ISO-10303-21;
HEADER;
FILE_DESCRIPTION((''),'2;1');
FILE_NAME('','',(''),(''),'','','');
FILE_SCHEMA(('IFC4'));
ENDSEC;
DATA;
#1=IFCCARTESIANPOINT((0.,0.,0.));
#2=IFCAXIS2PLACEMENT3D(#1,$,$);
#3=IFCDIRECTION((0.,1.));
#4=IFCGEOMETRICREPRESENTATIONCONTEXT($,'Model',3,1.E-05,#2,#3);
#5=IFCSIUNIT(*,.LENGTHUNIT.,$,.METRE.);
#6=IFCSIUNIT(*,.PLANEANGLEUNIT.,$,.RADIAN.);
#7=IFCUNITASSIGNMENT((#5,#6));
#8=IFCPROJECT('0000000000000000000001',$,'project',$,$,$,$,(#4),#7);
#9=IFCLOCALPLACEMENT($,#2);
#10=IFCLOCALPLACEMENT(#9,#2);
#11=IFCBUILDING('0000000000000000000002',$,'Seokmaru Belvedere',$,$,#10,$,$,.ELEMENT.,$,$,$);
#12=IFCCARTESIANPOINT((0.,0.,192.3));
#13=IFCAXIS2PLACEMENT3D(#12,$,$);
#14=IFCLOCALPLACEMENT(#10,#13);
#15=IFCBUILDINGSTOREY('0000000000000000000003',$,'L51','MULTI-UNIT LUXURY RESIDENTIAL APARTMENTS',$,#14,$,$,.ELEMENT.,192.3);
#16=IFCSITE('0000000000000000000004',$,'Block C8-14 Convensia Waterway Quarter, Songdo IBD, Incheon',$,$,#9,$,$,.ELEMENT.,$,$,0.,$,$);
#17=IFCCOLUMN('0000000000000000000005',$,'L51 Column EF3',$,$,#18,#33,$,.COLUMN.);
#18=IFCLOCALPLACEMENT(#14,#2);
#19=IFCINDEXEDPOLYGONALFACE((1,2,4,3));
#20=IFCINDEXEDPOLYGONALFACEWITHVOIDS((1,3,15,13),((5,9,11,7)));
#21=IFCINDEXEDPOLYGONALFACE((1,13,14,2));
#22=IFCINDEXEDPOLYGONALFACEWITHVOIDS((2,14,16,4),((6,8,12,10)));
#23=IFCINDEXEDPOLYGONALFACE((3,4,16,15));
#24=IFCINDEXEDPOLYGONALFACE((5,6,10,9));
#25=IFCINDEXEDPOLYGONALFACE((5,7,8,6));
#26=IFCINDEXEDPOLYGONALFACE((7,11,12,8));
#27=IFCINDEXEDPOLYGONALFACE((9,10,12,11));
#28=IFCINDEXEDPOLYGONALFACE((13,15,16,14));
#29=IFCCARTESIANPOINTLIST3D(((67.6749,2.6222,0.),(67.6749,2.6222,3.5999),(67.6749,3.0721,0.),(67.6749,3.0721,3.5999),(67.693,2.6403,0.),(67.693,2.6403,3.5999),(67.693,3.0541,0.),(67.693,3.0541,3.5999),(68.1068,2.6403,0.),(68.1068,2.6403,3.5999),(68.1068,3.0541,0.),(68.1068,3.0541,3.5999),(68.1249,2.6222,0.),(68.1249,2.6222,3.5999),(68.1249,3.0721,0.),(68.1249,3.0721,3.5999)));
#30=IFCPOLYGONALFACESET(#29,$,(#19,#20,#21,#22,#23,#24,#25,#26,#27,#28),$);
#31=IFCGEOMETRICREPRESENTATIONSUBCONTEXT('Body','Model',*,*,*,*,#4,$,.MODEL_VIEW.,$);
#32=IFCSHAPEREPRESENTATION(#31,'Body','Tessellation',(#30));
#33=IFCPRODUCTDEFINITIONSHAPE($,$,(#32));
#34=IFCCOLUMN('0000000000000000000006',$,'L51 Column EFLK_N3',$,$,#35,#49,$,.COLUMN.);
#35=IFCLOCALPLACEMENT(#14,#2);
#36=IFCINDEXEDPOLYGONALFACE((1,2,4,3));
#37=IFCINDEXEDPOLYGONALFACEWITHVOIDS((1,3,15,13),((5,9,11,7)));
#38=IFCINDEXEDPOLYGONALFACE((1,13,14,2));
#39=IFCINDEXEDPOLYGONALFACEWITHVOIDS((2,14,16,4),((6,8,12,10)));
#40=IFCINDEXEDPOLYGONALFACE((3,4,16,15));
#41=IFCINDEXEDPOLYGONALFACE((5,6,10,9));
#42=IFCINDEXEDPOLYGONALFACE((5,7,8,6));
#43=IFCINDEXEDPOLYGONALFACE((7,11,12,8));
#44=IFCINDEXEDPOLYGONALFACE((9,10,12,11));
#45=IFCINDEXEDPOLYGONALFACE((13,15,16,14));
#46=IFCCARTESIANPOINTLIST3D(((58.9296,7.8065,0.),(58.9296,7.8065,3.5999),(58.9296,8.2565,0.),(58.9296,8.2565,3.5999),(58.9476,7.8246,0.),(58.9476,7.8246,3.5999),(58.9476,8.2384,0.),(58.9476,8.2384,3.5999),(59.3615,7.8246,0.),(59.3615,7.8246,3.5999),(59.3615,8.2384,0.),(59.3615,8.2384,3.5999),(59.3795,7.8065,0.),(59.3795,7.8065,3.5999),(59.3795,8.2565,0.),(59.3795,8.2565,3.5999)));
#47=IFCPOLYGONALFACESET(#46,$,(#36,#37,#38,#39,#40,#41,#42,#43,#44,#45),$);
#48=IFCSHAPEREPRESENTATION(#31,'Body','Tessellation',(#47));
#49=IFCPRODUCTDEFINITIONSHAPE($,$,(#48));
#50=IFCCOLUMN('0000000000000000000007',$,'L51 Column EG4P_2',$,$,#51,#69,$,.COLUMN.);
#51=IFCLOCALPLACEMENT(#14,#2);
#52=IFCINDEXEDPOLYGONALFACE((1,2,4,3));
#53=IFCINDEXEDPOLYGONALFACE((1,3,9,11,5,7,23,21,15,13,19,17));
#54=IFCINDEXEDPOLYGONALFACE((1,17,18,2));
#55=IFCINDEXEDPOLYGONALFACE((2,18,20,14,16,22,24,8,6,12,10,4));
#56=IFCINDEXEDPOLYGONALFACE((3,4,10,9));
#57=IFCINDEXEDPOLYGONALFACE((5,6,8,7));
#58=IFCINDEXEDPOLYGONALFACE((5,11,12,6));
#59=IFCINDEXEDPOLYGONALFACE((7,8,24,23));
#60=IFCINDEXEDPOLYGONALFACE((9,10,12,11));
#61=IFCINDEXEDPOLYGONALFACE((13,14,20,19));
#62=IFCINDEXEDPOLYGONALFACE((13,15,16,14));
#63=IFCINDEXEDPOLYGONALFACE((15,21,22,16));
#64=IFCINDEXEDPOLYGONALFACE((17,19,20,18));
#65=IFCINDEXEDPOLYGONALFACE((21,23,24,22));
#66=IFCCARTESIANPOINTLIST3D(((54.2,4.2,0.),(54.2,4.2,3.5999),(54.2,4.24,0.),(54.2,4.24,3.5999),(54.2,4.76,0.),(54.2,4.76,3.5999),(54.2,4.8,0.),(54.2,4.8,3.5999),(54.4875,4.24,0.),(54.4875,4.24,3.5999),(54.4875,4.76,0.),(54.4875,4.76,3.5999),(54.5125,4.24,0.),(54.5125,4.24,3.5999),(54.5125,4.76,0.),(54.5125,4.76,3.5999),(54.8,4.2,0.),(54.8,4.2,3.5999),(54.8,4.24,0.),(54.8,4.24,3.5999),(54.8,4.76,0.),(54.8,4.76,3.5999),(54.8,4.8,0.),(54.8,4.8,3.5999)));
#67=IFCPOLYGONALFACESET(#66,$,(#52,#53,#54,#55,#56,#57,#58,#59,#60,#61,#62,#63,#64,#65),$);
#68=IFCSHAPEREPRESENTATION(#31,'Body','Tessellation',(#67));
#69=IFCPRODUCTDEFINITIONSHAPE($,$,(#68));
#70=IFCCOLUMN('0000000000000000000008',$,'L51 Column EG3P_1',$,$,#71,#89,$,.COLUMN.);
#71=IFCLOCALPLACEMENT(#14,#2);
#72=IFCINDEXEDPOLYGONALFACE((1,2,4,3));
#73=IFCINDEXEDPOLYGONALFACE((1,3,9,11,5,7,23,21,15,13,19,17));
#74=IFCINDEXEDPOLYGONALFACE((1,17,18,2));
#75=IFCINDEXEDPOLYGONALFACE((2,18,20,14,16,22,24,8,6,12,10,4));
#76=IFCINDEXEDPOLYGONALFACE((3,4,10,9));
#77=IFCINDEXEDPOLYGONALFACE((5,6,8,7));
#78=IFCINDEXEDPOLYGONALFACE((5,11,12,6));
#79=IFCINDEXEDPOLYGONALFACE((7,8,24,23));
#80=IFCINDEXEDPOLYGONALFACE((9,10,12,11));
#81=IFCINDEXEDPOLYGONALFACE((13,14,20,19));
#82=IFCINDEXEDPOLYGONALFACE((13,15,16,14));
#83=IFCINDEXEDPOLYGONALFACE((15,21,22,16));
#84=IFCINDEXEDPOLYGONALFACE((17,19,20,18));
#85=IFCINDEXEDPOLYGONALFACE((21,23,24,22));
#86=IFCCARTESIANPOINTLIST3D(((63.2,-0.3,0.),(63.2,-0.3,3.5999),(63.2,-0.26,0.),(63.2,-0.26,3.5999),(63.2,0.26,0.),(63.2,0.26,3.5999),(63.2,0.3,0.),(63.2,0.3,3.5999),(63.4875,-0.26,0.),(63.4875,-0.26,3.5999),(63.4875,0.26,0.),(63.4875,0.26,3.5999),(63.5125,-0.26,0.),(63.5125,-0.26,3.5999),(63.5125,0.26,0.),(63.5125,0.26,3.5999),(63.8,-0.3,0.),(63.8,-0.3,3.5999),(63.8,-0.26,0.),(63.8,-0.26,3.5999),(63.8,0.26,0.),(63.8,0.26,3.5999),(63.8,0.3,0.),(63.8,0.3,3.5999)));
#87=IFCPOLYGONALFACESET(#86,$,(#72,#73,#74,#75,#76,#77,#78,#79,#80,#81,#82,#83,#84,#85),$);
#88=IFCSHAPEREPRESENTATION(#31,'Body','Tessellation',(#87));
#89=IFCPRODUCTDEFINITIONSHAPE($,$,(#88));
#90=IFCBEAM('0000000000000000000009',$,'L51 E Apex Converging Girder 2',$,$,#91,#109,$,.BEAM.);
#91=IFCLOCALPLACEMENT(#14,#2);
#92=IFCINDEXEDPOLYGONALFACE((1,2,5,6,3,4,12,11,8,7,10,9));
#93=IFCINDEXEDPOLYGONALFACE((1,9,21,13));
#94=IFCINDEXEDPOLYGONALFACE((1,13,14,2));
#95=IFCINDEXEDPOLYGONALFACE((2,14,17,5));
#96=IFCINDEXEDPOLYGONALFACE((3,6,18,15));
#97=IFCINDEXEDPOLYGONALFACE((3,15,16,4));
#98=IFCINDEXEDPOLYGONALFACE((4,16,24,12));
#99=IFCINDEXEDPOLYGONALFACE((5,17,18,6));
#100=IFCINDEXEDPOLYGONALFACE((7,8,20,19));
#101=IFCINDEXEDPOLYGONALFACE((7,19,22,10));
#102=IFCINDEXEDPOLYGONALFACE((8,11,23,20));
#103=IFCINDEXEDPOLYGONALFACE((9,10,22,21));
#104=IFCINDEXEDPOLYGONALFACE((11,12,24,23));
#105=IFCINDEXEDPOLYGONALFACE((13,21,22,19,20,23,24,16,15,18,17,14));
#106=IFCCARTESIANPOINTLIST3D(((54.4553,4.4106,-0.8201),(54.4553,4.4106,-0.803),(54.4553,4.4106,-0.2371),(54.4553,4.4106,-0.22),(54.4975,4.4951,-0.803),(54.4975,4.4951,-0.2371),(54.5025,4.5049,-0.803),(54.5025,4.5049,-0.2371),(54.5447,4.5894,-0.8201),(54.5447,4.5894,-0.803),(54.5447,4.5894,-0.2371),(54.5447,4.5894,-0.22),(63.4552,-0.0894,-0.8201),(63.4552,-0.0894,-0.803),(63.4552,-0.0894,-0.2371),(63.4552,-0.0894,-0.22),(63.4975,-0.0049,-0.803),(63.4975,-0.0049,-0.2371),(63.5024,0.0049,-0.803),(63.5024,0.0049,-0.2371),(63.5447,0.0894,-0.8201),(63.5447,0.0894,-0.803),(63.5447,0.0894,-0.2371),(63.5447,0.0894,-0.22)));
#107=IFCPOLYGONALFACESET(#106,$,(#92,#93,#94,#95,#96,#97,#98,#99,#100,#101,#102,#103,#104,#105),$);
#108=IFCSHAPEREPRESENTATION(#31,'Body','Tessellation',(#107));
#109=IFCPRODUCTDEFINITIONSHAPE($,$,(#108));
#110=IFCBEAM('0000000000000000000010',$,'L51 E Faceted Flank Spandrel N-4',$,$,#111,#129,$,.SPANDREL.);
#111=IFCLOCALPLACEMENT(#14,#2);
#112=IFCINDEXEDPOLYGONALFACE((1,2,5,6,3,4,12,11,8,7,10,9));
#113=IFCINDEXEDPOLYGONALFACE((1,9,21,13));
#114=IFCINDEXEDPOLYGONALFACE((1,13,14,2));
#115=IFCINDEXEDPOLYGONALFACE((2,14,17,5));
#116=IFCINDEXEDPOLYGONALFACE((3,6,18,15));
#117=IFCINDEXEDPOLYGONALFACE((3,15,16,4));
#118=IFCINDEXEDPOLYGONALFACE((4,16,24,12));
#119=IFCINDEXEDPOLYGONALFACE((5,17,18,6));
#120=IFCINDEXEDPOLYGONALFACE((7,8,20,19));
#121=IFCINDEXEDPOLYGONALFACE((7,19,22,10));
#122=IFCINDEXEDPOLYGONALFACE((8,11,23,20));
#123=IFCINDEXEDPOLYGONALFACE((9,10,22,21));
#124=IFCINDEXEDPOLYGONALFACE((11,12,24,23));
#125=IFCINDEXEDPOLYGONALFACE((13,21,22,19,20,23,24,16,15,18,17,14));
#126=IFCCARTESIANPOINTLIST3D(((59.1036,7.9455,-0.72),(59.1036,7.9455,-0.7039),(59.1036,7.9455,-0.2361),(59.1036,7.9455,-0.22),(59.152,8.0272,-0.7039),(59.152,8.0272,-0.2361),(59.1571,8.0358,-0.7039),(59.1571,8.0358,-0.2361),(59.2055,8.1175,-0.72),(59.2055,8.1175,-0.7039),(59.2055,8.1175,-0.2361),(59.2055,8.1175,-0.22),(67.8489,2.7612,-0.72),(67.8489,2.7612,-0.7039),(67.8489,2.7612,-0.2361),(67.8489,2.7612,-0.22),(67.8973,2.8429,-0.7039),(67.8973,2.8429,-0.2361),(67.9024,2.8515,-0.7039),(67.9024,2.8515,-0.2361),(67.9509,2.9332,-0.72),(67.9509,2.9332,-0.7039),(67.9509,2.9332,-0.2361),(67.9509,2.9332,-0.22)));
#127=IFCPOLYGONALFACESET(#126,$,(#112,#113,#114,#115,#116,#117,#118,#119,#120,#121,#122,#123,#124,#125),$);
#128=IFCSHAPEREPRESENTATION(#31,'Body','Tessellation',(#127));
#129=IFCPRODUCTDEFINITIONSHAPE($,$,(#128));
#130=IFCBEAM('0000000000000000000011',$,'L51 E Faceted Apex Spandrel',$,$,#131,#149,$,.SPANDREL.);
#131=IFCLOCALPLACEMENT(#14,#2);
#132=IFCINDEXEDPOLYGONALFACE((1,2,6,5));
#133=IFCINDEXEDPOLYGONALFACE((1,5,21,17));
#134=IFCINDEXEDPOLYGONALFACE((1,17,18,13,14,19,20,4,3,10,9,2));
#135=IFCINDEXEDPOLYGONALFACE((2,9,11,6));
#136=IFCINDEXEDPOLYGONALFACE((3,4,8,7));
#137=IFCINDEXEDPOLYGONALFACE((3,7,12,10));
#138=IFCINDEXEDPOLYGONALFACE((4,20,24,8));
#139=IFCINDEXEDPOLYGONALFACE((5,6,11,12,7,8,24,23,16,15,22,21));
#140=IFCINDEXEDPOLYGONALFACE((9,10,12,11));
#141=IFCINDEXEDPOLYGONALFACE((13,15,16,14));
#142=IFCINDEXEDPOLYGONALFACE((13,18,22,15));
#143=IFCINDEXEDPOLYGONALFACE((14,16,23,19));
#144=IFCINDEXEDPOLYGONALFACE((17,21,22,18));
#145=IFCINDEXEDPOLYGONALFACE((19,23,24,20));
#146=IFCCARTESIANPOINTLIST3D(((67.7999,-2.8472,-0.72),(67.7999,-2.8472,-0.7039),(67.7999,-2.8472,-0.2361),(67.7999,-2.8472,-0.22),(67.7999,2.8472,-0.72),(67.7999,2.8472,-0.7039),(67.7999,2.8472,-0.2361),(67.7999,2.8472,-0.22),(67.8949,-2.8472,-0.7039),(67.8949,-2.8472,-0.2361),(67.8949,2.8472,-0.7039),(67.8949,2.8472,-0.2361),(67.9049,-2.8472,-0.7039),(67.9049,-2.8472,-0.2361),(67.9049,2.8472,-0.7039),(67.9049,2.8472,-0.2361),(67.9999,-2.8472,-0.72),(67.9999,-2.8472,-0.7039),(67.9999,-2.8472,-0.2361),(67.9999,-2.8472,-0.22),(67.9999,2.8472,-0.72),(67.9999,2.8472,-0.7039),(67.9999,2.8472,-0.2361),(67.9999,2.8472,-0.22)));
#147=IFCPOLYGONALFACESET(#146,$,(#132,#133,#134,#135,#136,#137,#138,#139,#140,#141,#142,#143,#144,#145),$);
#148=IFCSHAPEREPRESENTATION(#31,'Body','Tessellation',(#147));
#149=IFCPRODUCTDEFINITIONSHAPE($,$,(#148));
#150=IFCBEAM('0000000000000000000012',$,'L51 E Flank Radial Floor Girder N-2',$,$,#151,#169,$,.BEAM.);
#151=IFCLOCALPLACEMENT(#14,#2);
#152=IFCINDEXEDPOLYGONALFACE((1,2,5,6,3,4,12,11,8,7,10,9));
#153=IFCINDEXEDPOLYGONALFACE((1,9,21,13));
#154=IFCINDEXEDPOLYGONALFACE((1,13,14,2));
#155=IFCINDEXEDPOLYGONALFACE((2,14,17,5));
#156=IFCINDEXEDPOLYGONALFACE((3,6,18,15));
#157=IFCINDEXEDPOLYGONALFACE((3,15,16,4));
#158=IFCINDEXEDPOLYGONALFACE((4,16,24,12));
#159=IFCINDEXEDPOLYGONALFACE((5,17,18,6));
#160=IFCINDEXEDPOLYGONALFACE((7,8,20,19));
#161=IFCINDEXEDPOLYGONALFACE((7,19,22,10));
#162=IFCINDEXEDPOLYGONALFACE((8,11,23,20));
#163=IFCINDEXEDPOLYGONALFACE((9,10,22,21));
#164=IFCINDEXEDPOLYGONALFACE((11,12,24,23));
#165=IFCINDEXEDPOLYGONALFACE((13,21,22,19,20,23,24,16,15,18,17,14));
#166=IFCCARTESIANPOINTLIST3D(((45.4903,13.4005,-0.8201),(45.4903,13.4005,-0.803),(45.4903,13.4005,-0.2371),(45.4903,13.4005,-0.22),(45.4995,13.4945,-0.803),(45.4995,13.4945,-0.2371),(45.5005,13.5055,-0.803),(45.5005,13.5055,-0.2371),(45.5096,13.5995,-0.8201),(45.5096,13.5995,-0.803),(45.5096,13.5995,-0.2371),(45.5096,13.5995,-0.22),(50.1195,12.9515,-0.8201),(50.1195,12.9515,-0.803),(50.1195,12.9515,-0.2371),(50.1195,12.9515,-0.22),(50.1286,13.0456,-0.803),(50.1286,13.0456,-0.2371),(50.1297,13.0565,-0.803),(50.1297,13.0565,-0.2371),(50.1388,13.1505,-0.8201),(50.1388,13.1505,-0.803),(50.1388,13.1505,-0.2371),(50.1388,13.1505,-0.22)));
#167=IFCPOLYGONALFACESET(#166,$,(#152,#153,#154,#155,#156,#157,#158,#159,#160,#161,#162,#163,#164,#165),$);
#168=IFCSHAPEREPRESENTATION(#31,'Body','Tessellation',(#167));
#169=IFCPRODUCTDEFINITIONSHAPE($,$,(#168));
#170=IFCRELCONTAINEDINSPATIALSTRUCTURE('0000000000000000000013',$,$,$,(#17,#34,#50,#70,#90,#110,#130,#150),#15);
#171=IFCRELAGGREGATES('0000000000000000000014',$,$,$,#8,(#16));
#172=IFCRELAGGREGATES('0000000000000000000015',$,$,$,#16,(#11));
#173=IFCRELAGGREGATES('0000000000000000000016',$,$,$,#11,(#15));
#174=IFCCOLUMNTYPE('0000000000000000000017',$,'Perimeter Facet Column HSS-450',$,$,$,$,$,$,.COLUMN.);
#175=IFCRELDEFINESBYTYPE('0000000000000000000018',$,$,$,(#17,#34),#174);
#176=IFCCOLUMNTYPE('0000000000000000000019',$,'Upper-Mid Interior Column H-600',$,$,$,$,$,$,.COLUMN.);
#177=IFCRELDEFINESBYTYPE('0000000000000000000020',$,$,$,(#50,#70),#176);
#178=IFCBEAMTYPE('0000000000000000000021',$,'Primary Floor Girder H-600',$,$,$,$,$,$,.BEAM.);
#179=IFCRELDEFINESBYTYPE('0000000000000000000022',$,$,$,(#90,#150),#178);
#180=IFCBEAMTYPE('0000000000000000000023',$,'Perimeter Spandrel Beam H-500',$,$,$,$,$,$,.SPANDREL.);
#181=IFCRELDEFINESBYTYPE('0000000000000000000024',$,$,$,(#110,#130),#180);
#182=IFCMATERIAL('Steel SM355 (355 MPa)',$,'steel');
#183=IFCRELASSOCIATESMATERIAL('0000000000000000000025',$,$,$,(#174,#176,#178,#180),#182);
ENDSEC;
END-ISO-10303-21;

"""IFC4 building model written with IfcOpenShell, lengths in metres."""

from ifc_helpers import new_model, si_unit, direction, frame, origin, origin_2d, place, context, subcontext, project, spatial, hollow_rectangle, i_section, extrude, source, transform, mapped, material, material_profile, profile_set, type_object, type_shapes, element, save


model = new_model("IFC4")

# Units and contexts
model_context = context("Model", 3, precision=1e-05, world=origin(), true_north=direction((0.0, 1.0)))
body_context = subcontext(model_context, "Body", "Model", "MODEL_VIEW")
ifc_project = project(units=[si_unit("LENGTHUNIT", "METRE"), si_unit("PLANEANGLEUNIT", "RADIAN")], contexts=[model_context])

# Site, building, storey
site_placement = place(None, origin())
site = spatial("IfcSite", under=ifc_project, at=site_placement, Name="Block C8-14 Convensia Waterway Quarter, Songdo IBD, Incheon", CompositionType="ELEMENT", RefElevation=0.0)
building_placement = place(site_placement, origin())
building = spatial("IfcBuilding", under=site, at=building_placement, Name="Seokmaru Belvedere", CompositionType="ELEMENT")
storey_placement = place(building_placement, frame((0.0, 0.0, 192.3)))
storey = spatial("IfcBuildingStorey", under=building, at=storey_placement, Name="L51", Description="MULTI-UNIT LUXURY RESIDENTIAL APARTMENTS", CompositionType="ELEMENT", Elevation=192.3)

# Columns
ifc_material_1 = material(Name="Steel SM355 (355 MPa)", Category="steel")
ifc_material_profile_1 = material_profile(ifc_material_1, hollow_rectangle(XDim=0.45, YDim=0.45, WallThickness=0.0181, at=origin_2d()), Name="HSS-450x450x18")
ifc_profile_set_1 = profile_set([ifc_material_profile_1], Name="Steel SM355 (355 MPa)")
column_type_1 = type_object("IfcColumnType", Name="Perimeter Facet Column HSS-450", PredefinedType="COLUMN", material=ifc_profile_set_1)
shared_shape_1 = source(origin(), body_context, "Body", "SweptSolid", [
    extrude(hollow_rectangle(XDim=0.45, YDim=0.45, WallThickness=0.0181, at=origin_2d()), origin(), (0.0, 0.0, 1.0), 3.5999),
])
type_shapes(column_type_1, [shared_shape_1])
for number, where, z_axis, x_axis, name in (
    (1, (67.8999, 2.8472, 0.0), (0.0, 0.0, 1.0), (1.0, 0.0, 0.0), "L51 Column EF3"),
    (2, (59.1545, 8.0315, 0.0), (0.0, 0.0, 1.0), (1.0, 0.0, 0.0), "L51 Column EFLK_N3"),
):
    element("IfcColumn", number, at=place(storey_placement, frame(where, z_axis=z_axis, x_axis=x_axis)), inside=storey, type_object=column_type_1, Name=name, PredefinedType="COLUMN", context=body_context, shape_type="MappedRepresentation", body=[
        mapped(shared_shape_1, transform((0.0, 0.0, 0.0), scale=1.0)),
    ])
ifc_material_profile_2 = material_profile(ifc_material_1, i_section(OverallWidth=0.6001, OverallDepth=0.6001, WebThickness=0.0249, FlangeThickness=0.04, at=origin_2d()), Name="H-600x600x25x40")
ifc_profile_set_2 = profile_set([ifc_material_profile_2], Name="Steel SM355 (355 MPa)")
column_type_2 = type_object("IfcColumnType", Name="Upper-Mid Interior Column H-600", PredefinedType="COLUMN", material=ifc_profile_set_2)
shared_shape_2 = source(origin(), body_context, "Body", "SweptSolid", [
    extrude(i_section(OverallWidth=0.6001, OverallDepth=0.6001, WebThickness=0.0249, FlangeThickness=0.04, at=origin_2d()), origin(), (0.0, 0.0, 1.0), 3.5999),
])
type_shapes(column_type_2, [shared_shape_2])
for number, where, z_axis, x_axis, name in (
    (3, (54.5, 4.5, 0.0), (0.0, 0.0, 1.0), (1.0, 0.0, 0.0), "L51 Column EG4P_2"),
    (4, (63.5, 0.0, 0.0), (0.0, 0.0, 1.0), (1.0, 0.0, 0.0), "L51 Column EG3P_1"),
):
    element("IfcColumn", number, at=place(storey_placement, frame(where, z_axis=z_axis, x_axis=x_axis)), inside=storey, type_object=column_type_2, Name=name, PredefinedType="COLUMN", context=body_context, shape_type="MappedRepresentation", body=[
        mapped(shared_shape_2, transform((0.0, 0.0, 0.0), scale=1.0)),
    ])

# Beams
ifc_material_profile_3 = material_profile(ifc_material_1, i_section(OverallWidth=0.2, OverallDepth=0.6001, WebThickness=0.011, FlangeThickness=0.0171, at=origin_2d()), Name="H-600x200x11x17")
ifc_profile_set_3 = profile_set([ifc_material_profile_3], Name="Steel SM355 (355 MPa)")
beam_type_1 = type_object("IfcBeamType", Name="Primary Floor Girder H-600", PredefinedType="BEAM", material=ifc_profile_set_3)
shared_shape_3 = source(origin(), body_context, "Body", "SweptSolid", [
    extrude(i_section(OverallWidth=0.2, OverallDepth=0.6001, WebThickness=0.011, FlangeThickness=0.0171, at=origin_2d()), origin(), (0.0, 0.0, 1.0), 10.0623),
])
beam_1_placement = place(storey_placement, frame((54.5, 4.5, -0.52), z_axis=(0.894427, -0.447214, 0.0), x_axis=(0.447214, 0.894427, 0.0)))
element("IfcBeam", 5, at=beam_1_placement, inside=storey, type_object=beam_type_1, Name="L51 E Apex Converging Girder 2", PredefinedType="BEAM", context=body_context, shape_type="MappedRepresentation", body=[
    mapped(shared_shape_3, transform((0.0, 0.0, 0.0), scale=1.0)),
])
ifc_material_profile_4 = material_profile(ifc_material_1, i_section(OverallWidth=0.2, OverallDepth=0.5, WebThickness=0.01, FlangeThickness=0.0161, at=origin_2d()), Name="H-500x200x10x16")
ifc_profile_set_4 = profile_set([ifc_material_profile_4], Name="Steel SM355 (355 MPa)")
beam_type_2 = type_object("IfcBeamType", Name="Perimeter Spandrel Beam H-500", PredefinedType="SPANDREL", material=ifc_profile_set_4)
shared_shape_4 = source(origin(), body_context, "Body", "SweptSolid", [
    extrude(i_section(OverallWidth=0.2, OverallDepth=0.5, WebThickness=0.01, FlangeThickness=0.0161, at=origin_2d()), origin(), (0.0, 0.0, 1.0), 10.1665),
])
beam_2_placement = place(storey_placement, frame((59.1545, 8.0315, -0.47), z_axis=(0.86021, -0.50994, 0.0), x_axis=(0.50994, 0.86021, 0.0)))
element("IfcBeam", 6, at=beam_2_placement, inside=storey, type_object=beam_type_2, Name="L51 E Faceted Flank Spandrel N-4", PredefinedType="SPANDREL", context=body_context, shape_type="MappedRepresentation", body=[
    mapped(shared_shape_4, transform((0.0, 0.0, 0.0), scale=1.0)),
])
shared_shape_5 = source(origin(), body_context, "Body", "SweptSolid", [
    extrude(i_section(OverallWidth=0.2, OverallDepth=0.5, WebThickness=0.01, FlangeThickness=0.0161, at=origin_2d()), origin(), (0.0, 0.0, 1.0), 5.6943),
])
type_shapes(beam_type_2, [shared_shape_4, shared_shape_5])
beam_3_placement = place(storey_placement, frame((67.8999, -2.8472, -0.47), z_axis=(0.0, 1.0, 0.0), x_axis=(-1.0, 0.0, 0.0)))
element("IfcBeam", 7, at=beam_3_placement, inside=storey, type_object=beam_type_2, Name="L51 E Faceted Apex Spandrel", PredefinedType="SPANDREL", context=body_context, shape_type="MappedRepresentation", body=[
    mapped(shared_shape_5, transform((0.0, 0.0, 0.0), scale=1.0)),
])
shared_shape_6 = source(origin(), body_context, "Body", "SweptSolid", [
    extrude(i_section(OverallWidth=0.2, OverallDepth=0.6001, WebThickness=0.011, FlangeThickness=0.0171, at=origin_2d()), origin(), (0.0, 0.0, 1.0), 4.6509),
])
beam_4_placement = place(storey_placement, frame((50.1292, 13.051, -0.52), z_axis=(-0.99533, 0.096536, 0.0), x_axis=(-0.096536, -0.99533, 0.0)))
element("IfcBeam", 8, at=beam_4_placement, inside=storey, type_object=beam_type_1, Name="L51 E Flank Radial Floor Girder N-2", PredefinedType="BEAM", context=body_context, shape_type="MappedRepresentation", body=[
    mapped(shared_shape_6, transform((0.0, 0.0, 0.0), scale=1.0)),
])

save(model, "model.ifc")
